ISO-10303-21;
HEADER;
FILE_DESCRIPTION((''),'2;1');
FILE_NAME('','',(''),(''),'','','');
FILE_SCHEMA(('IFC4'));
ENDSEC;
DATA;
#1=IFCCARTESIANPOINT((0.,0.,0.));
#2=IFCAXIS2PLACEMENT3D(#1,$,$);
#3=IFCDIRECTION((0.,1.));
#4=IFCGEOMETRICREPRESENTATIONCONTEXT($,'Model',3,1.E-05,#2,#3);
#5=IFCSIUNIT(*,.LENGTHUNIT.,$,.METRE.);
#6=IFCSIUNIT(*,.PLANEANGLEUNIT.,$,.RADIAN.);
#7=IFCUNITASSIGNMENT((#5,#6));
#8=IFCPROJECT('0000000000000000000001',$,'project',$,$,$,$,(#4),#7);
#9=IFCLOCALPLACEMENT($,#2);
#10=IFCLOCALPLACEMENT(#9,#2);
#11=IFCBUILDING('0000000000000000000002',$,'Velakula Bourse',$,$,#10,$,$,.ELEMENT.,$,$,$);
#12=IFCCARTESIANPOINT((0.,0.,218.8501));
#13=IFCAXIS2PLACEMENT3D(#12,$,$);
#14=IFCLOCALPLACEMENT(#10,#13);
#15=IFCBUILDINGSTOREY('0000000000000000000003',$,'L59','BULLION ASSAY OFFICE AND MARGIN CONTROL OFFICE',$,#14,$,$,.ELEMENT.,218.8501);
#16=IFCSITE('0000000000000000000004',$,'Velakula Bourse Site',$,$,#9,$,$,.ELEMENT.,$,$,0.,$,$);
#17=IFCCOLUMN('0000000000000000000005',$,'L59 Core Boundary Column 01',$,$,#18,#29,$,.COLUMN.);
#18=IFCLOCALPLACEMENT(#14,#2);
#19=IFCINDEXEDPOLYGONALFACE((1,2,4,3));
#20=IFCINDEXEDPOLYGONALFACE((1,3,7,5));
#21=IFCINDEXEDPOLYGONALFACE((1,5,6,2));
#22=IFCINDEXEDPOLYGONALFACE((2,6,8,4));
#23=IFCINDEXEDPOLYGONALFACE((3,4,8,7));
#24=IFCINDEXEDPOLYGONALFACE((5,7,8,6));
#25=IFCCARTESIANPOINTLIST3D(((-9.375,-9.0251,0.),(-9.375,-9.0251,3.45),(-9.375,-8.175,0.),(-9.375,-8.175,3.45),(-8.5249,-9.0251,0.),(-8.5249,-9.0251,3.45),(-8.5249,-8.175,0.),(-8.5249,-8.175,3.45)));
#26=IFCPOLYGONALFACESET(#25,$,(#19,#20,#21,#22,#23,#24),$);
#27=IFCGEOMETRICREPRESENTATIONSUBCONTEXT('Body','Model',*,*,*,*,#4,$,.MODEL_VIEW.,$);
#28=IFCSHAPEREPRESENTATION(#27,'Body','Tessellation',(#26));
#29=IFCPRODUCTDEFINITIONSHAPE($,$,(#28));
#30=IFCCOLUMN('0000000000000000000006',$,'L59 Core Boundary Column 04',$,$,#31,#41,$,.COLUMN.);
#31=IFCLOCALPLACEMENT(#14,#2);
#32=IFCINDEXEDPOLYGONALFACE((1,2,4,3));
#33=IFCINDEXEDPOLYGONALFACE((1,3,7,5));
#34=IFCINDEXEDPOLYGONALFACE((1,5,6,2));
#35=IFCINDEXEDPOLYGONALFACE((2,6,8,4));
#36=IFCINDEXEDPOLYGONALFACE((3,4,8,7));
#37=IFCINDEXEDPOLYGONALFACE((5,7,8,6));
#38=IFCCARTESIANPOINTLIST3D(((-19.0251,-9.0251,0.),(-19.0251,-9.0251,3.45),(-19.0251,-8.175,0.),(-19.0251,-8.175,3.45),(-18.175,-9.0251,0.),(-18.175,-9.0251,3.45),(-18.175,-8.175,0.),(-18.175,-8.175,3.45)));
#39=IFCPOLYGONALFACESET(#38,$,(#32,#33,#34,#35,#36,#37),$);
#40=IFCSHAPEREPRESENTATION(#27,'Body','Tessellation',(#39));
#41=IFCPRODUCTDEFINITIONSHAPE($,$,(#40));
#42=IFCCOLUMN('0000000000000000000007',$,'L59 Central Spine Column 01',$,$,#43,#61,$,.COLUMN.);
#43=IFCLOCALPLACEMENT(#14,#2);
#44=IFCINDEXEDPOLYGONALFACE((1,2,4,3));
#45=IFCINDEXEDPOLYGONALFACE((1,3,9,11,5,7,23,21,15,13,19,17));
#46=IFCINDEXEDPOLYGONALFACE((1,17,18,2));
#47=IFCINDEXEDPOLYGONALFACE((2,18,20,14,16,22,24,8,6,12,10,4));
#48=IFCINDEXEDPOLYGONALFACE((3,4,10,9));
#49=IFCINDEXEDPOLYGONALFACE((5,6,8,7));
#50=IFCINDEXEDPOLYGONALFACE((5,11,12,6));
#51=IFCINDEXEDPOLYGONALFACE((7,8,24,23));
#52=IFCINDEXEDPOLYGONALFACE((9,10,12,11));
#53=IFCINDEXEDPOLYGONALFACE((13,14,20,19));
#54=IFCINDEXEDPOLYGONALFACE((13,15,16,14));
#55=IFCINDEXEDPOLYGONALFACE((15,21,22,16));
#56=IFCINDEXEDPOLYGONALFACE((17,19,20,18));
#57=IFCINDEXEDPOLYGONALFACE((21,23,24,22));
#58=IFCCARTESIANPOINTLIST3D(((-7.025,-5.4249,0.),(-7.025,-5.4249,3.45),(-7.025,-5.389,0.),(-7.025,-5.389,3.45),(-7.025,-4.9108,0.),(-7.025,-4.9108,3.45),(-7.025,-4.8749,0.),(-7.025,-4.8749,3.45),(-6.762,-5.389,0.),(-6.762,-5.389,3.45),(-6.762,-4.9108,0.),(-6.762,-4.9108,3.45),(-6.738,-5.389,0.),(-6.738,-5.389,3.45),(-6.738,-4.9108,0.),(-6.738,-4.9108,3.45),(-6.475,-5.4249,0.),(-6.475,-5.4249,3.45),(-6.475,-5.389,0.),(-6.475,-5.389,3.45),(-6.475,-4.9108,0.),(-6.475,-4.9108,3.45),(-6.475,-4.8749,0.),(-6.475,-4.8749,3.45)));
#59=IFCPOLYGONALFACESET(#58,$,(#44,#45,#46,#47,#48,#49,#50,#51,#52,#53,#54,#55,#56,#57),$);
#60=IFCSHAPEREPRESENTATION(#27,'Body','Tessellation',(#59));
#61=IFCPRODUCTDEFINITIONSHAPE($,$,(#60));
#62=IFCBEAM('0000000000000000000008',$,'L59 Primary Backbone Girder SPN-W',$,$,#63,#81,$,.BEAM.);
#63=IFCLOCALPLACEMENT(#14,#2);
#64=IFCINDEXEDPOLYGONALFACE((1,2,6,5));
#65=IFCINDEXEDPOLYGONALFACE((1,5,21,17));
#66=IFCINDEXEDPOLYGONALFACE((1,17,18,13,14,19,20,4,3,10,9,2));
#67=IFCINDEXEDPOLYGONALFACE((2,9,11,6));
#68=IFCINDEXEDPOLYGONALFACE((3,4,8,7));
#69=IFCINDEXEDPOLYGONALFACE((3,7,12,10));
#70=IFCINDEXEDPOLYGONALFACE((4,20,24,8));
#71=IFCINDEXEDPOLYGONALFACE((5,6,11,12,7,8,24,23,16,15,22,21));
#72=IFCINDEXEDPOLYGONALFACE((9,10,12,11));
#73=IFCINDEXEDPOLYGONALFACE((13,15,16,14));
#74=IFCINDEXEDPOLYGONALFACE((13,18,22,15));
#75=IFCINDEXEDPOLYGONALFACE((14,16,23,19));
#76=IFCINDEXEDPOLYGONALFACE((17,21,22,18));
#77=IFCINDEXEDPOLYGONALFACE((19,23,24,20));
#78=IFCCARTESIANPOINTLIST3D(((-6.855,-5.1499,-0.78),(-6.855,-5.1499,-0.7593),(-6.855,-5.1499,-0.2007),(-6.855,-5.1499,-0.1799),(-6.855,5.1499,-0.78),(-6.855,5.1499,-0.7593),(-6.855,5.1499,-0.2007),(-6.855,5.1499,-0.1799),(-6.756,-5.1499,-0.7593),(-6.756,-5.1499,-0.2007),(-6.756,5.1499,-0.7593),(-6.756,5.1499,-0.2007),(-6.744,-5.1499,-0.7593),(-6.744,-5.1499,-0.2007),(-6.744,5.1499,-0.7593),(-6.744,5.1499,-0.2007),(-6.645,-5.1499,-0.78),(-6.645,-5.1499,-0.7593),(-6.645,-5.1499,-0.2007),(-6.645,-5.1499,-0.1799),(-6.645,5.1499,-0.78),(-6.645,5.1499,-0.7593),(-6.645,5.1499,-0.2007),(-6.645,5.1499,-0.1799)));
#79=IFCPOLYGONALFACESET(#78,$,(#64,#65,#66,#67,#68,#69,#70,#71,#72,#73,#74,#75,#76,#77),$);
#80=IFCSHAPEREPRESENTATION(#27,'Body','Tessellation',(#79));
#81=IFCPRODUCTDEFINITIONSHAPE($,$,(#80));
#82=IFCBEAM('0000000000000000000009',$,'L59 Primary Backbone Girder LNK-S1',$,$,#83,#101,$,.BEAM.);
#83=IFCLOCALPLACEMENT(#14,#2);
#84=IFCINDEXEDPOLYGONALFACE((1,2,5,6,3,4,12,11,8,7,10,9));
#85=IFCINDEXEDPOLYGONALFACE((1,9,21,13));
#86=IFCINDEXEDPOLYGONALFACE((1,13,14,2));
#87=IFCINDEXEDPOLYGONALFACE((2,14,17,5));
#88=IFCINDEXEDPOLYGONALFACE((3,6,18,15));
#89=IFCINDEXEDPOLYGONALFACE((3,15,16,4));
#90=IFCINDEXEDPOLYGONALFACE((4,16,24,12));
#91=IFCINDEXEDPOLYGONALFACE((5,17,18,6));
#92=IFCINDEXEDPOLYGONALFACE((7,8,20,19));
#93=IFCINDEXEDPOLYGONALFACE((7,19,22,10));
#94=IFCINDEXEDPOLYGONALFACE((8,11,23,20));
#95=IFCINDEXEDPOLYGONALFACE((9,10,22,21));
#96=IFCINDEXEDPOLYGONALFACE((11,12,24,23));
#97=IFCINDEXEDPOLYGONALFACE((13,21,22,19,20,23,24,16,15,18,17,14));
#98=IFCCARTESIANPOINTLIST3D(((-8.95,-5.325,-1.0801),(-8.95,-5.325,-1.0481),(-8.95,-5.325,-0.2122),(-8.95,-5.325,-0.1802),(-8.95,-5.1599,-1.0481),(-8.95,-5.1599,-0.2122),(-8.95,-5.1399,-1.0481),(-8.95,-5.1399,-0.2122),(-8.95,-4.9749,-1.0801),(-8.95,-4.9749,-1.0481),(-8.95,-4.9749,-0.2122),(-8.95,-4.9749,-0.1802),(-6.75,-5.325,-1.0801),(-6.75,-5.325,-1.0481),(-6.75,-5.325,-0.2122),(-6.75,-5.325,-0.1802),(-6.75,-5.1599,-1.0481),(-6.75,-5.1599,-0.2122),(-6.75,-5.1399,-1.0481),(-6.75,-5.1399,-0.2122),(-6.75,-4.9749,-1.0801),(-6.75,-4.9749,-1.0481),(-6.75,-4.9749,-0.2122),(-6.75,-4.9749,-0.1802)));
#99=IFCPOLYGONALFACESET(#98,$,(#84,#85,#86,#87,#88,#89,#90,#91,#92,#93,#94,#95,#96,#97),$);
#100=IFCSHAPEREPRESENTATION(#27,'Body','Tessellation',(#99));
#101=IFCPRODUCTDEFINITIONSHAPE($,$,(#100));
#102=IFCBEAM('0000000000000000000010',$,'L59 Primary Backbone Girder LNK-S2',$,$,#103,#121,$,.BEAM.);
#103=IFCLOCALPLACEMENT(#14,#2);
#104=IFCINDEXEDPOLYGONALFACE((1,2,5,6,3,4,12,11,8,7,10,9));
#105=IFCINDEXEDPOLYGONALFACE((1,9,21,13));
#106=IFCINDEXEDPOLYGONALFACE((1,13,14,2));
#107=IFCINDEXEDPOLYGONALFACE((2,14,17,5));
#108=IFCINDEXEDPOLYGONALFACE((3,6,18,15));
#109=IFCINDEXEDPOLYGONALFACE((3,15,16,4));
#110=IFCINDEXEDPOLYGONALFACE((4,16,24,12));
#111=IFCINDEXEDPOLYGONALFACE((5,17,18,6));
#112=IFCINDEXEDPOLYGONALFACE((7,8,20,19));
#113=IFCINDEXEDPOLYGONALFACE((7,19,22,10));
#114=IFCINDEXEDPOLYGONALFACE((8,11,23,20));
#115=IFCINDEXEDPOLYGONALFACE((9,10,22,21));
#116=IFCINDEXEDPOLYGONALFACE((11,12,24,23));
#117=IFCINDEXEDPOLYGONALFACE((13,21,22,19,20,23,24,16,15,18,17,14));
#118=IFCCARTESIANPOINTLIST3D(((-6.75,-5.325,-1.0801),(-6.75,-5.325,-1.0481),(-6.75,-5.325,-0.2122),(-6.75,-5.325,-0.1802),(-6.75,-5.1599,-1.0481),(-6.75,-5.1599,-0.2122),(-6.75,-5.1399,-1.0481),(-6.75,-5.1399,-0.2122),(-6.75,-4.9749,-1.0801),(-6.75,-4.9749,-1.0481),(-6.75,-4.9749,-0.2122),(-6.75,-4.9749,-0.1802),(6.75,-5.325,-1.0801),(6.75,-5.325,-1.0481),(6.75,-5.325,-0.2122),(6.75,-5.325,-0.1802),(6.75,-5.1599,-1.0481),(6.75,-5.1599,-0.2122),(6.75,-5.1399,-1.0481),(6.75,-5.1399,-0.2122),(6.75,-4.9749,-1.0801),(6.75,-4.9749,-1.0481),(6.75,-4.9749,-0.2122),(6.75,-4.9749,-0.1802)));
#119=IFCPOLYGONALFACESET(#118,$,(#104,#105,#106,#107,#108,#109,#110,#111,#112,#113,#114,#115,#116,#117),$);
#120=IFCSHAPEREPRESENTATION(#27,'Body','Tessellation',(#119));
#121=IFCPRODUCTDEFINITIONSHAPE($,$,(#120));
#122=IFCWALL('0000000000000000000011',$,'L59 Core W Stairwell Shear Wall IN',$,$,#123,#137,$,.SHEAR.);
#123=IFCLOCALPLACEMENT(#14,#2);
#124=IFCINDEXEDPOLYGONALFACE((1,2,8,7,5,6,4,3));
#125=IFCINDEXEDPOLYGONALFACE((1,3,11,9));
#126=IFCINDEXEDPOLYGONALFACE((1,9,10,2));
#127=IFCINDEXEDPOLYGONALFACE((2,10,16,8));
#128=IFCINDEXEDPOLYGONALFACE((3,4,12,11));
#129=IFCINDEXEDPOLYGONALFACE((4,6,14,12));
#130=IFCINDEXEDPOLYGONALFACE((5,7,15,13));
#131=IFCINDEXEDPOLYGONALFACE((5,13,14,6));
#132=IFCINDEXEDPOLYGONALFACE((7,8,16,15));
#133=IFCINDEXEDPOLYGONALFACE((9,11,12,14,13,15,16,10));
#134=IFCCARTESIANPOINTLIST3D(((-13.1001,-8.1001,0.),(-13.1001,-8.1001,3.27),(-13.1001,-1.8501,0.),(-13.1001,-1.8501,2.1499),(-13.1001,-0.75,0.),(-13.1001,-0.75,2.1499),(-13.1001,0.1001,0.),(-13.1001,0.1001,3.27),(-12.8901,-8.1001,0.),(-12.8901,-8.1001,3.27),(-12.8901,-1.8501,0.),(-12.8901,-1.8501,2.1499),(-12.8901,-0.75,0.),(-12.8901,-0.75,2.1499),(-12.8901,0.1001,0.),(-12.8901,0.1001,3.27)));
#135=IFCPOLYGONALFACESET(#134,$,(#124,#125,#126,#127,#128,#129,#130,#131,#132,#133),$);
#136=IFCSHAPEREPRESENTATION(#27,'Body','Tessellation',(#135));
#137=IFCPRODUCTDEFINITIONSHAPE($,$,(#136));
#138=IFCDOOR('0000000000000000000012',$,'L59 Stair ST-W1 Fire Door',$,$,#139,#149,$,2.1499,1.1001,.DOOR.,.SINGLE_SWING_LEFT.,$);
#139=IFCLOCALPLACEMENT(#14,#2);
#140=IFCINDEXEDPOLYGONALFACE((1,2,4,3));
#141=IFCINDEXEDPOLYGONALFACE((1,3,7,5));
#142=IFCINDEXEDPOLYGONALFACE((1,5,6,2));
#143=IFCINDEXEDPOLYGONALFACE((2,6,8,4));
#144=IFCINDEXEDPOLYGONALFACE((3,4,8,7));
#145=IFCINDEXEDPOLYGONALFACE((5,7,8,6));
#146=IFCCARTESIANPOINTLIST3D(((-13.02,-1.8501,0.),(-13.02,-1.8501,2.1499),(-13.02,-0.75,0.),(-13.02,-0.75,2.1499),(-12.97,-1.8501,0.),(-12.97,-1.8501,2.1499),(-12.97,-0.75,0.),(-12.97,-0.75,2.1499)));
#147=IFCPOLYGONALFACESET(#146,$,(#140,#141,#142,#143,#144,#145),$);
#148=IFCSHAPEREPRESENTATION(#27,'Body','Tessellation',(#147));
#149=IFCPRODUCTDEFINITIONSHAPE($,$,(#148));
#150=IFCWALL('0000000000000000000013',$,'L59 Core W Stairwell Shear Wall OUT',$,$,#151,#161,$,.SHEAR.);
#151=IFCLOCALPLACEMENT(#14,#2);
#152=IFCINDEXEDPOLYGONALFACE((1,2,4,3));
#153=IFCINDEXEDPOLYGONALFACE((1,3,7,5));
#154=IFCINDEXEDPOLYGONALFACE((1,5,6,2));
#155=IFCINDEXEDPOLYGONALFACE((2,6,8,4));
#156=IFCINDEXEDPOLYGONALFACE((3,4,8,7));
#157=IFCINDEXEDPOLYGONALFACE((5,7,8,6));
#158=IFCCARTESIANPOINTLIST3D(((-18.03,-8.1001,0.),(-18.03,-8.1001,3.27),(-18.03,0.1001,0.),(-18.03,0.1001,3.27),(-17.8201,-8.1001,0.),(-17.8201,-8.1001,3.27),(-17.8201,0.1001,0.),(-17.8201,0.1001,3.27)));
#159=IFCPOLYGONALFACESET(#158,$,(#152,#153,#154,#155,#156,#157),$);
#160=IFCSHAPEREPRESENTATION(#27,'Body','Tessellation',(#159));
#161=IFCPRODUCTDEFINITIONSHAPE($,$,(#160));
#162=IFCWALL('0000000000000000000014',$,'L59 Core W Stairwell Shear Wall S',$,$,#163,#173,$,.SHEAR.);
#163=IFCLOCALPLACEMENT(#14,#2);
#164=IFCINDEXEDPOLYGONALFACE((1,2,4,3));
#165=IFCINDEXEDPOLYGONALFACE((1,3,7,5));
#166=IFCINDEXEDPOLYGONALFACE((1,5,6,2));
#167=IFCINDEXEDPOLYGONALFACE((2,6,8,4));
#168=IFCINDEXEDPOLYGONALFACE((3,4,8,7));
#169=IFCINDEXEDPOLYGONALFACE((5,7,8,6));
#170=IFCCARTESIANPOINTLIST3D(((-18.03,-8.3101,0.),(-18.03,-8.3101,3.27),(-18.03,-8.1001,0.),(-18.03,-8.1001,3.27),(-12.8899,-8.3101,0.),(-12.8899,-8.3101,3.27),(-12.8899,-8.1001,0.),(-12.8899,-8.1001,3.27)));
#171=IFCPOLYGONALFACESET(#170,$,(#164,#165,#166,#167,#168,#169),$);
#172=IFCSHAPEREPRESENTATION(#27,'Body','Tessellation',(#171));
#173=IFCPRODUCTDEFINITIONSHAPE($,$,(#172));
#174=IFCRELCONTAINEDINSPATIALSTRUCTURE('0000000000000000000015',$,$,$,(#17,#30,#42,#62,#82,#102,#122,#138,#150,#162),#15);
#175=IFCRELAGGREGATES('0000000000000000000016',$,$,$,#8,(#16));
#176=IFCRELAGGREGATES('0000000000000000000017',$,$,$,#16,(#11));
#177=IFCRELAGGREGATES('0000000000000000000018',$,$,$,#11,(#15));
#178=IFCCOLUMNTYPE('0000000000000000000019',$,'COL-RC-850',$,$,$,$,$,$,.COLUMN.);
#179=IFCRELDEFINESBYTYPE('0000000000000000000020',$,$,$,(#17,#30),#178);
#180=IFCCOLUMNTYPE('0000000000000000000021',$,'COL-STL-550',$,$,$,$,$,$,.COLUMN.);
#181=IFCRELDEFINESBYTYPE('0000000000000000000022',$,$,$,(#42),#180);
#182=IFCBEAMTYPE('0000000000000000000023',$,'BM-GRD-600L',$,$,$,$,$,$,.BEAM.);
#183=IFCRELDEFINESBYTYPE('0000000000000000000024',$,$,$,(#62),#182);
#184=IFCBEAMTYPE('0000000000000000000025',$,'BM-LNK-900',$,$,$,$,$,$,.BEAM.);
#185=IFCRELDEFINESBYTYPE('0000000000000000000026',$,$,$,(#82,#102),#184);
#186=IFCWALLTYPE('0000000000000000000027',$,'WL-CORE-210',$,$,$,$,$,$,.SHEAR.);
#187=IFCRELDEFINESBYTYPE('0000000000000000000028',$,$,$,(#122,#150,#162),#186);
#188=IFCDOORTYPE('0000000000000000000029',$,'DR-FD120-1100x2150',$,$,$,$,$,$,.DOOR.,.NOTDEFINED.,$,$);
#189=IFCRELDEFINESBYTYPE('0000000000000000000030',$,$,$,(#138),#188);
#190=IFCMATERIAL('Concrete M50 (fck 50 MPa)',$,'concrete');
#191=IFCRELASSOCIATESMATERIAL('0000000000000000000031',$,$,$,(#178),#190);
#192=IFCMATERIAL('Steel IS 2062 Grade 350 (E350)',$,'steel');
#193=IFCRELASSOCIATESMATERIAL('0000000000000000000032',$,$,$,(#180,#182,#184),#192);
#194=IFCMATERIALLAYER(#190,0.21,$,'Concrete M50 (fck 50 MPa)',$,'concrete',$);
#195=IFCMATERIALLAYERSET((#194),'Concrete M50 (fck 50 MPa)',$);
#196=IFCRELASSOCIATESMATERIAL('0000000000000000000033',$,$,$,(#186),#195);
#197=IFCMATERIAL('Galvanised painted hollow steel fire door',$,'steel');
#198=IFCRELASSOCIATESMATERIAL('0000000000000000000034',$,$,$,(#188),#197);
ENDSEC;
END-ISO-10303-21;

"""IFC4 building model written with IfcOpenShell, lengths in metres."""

from ifc_helpers import new_model, si_unit, direction, frame, frame_2d, origin, origin_2d, place, context, subcontext, project, spatial, rectangle, i_section, extrude, material, layer, layer_set, material_profile, profile_set, type_object, element, fill, save


model = new_model("IFC4")

# Units and contexts
model_context = context("Model", 3, precision=1e-05, world=origin(), true_north=direction((0.0, 1.0)))
body_context = subcontext(model_context, "Body", "Model", "MODEL_VIEW")
ifc_project = project(units=[si_unit("LENGTHUNIT", "METRE"), si_unit("PLANEANGLEUNIT", "RADIAN")], contexts=[model_context])

# Site, building, storey
site_placement = place(None, origin())
site = spatial("IfcSite", under=ifc_project, at=site_placement, Name="Velakula Bourse Site", CompositionType="ELEMENT", RefElevation=0.0)
building_placement = place(site_placement, origin())
building = spatial("IfcBuilding", under=site, at=building_placement, Name="Velakula Bourse", CompositionType="ELEMENT")
storey_placement = place(building_placement, frame((0.0, 0.0, 218.8501)))
storey = spatial("IfcBuildingStorey", under=building, at=storey_placement, Name="L59", Description="BULLION ASSAY OFFICE AND MARGIN CONTROL OFFICE", CompositionType="ELEMENT", Elevation=218.8501)

# Columns
ifc_material_1 = material(Name="Concrete M50 (fck 50 MPa)", Category="concrete")
ifc_material_profile_1 = material_profile(ifc_material_1, rectangle(XDim=0.8501, YDim=0.8501, at=origin_2d()), Name="Concrete M50 (fck 50 MPa)")
ifc_profile_set_1 = profile_set([ifc_material_profile_1], Name="Concrete M50 (fck 50 MPa)")
column_type_1 = type_object("IfcColumnType", Name="COL-RC-850", PredefinedType="COLUMN", material=ifc_profile_set_1)
for number, where, z_axis, x_axis, name in (
    (1, (-8.95, -8.6001, 0.0), (0.0, 0.0, 1.0), (1.0, 0.0, 0.0), "L59 Core Boundary Column 01"),
    (2, (-18.6001, -8.6001, 0.0), (0.0, 0.0, 1.0), (1.0, 0.0, 0.0), "L59 Core Boundary Column 04"),
):
    element("IfcColumn", number, at=place(storey_placement, frame(where, z_axis=z_axis, x_axis=x_axis)), inside=storey, type_object=column_type_1, Name=name, PredefinedType="COLUMN", context=body_context, shape_type="SweptSolid", body=[
        extrude(rectangle(XDim=0.8501, YDim=0.8501, at=origin_2d()), origin(), (0.0, 0.0, 1.0), 3.45),
    ])
ifc_material_2 = material(Name="Steel IS 2062 Grade 350 (E350)", Category="steel")
ifc_material_profile_2 = material_profile(ifc_material_2, i_section(OverallWidth=0.55, OverallDepth=0.55, WebThickness=0.0239, FlangeThickness=0.0359, at=origin_2d()), Name="Steel IS 2062 Grade 350 (E350)")
ifc_profile_set_2 = profile_set([ifc_material_profile_2], Name="Steel IS 2062 Grade 350 (E350)")
column_type_2 = type_object("IfcColumnType", Name="COL-STL-550", PredefinedType="COLUMN", material=ifc_profile_set_2)
column_placement = place(storey_placement, frame((-6.75, -5.1499, 0.0), z_axis=(0.0, 0.0, 1.0), x_axis=(1.0, 0.0, 0.0)))
element("IfcColumn", 3, at=column_placement, inside=storey, type_object=column_type_2, Name="L59 Central Spine Column 01", PredefinedType="COLUMN", context=body_context, shape_type="SweptSolid", body=[
    extrude(i_section(OverallWidth=0.55, OverallDepth=0.55, WebThickness=0.0239, FlangeThickness=0.0359, at=origin_2d()), origin(), (0.0, 0.0, 1.0), 3.45),
])

# Beams
ifc_material_profile_3 = material_profile(ifc_material_2, i_section(OverallWidth=0.21, OverallDepth=0.6001, WebThickness=0.012, FlangeThickness=0.0208, at=origin_2d()), Name="Steel IS 2062 Grade 350 (E350)")
ifc_profile_set_3 = profile_set([ifc_material_profile_3], Name="Steel IS 2062 Grade 350 (E350)")
beam_type_1 = type_object("IfcBeamType", Name="BM-GRD-600L", PredefinedType="BEAM", material=ifc_profile_set_3)
beam_1_placement = place(storey_placement, frame((-6.75, -5.1499, -0.48), z_axis=(0.0, 1.0, 0.0), x_axis=(-1.0, 0.0, 0.0)))
element("IfcBeam", 4, at=beam_1_placement, inside=storey, type_object=beam_type_1, Name="L59 Primary Backbone Girder SPN-W", PredefinedType="BEAM", context=body_context, shape_type="SweptSolid", body=[
    extrude(i_section(OverallWidth=0.21, OverallDepth=0.6001, WebThickness=0.012, FlangeThickness=0.0208, at=origin_2d()), origin(), (0.0, 0.0, 1.0), 10.2998),
])
ifc_material_profile_4 = material_profile(ifc_material_2, i_section(OverallWidth=0.3501, OverallDepth=0.8999, WebThickness=0.02, FlangeThickness=0.032, at=origin_2d()), Name="Steel IS 2062 Grade 350 (E350)")
ifc_profile_set_4 = profile_set([ifc_material_profile_4], Name="Steel IS 2062 Grade 350 (E350)")
beam_type_2 = type_object("IfcBeamType", Name="BM-LNK-900", PredefinedType="BEAM", material=ifc_profile_set_4)
beam_2_placement = place(storey_placement, frame((-8.95, -5.1499, -0.6301), z_axis=(1.0, 0.0, 0.0), x_axis=(0.0, 1.0, 0.0)))
element("IfcBeam", 5, at=beam_2_placement, inside=storey, type_object=beam_type_2, Name="L59 Primary Backbone Girder LNK-S1", PredefinedType="BEAM", context=body_context, shape_type="SweptSolid", body=[
    extrude(i_section(OverallWidth=0.3501, OverallDepth=0.8999, WebThickness=0.02, FlangeThickness=0.032, at=origin_2d()), origin(), (0.0, 0.0, 1.0), 2.2),
])
beam_3_placement = place(storey_placement, frame((-6.75, -5.1499, -0.6301), z_axis=(1.0, 0.0, 0.0), x_axis=(0.0, 1.0, 0.0)))
element("IfcBeam", 6, at=beam_3_placement, inside=storey, type_object=beam_type_2, Name="L59 Primary Backbone Girder LNK-S2", PredefinedType="BEAM", context=body_context, shape_type="SweptSolid", body=[
    extrude(i_section(OverallWidth=0.3501, OverallDepth=0.8999, WebThickness=0.02, FlangeThickness=0.032, at=origin_2d()), origin(), (0.0, 0.0, 1.0), 13.5),
])

# Wall, opening, door
ifc_layer_1 = layer(ifc_material_1, 0.21, Name="Concrete M50 (fck 50 MPa)", Category="concrete")
ifc_layer_set_1 = layer_set([ifc_layer_1], Name="Concrete M50 (fck 50 MPa)")
wall_type_1 = type_object("IfcWallType", Name="WL-CORE-210", PredefinedType="SHEAR", material=ifc_layer_set_1)
wall_1_placement = place(storey_placement, frame((-12.9951, -8.1001, 0.0), z_axis=(0.0, 0.0, 1.0), x_axis=(0.0, 1.0, 0.0)))
wall_1 = element("IfcWall", 7, at=wall_1_placement, inside=storey, type_object=wall_type_1, Name="L59 Core W Stairwell Shear Wall IN", PredefinedType="SHEAR", context=body_context, shape_type="SweptSolid", body=[
    extrude(rectangle(XDim=8.2002, YDim=0.21, at=frame_2d((4.1001, 0.0))), origin(), (0.0, 0.0, 1.0), 3.27),
])
opening_1_placement = place(wall_1_placement, frame((6.25, 0.0, 0.0)))
opening_1 = element("IfcOpeningElement", 8, at=opening_1_placement, cuts=wall_1, PredefinedType="OPENING", context=body_context, shape_type="SweptSolid", body=[
    extrude(rectangle(XDim=1.1001, YDim=2.1499, at=frame_2d((0.55, 1.075))), frame((0.0, 0.115, 0.0), z_axis=(0.0, -1.0, 0.0), x_axis=(1.0, 0.0, 0.0)), (0.0, 0.0, 1.0), 0.23),
])
ifc_material_3 = material(Name="Galvanised painted hollow steel fire door", Category="steel")
door_type_1 = type_object("IfcDoorType", Name="DR-FD120-1100x2150", OperationType="NOTDEFINED", PredefinedType="DOOR", material=ifc_material_3)
door_1_placement = place(opening_1_placement, origin())
door_1 = element("IfcDoor", 9, at=door_1_placement, inside=storey, type_object=door_type_1, Name="L59 Stair ST-W1 Fire Door", OperationType="SINGLE_SWING_LEFT", OverallHeight=2.1499, OverallWidth=1.1001, PredefinedType="DOOR", context=body_context, shape_type="SweptSolid", body=[
    extrude(rectangle(XDim=1.1001, YDim=2.1499, at=frame_2d((0.55, 1.075))), frame((0.0, 0.0249, 0.0), z_axis=(0.0, -1.0, 0.0), x_axis=(1.0, 0.0, 0.0)), (0.0, 0.0, 1.0), 0.05),
])
fill(opening_1, door_1)

# Walls
wall_2_placement = place(storey_placement, frame((-17.925, -8.1001, 0.0), z_axis=(0.0, 0.0, 1.0), x_axis=(0.0, 1.0, 0.0)))
element("IfcWall", 10, at=wall_2_placement, inside=storey, type_object=wall_type_1, Name="L59 Core W Stairwell Shear Wall OUT", PredefinedType="SHEAR", context=body_context, shape_type="SweptSolid", body=[
    extrude(rectangle(XDim=8.2002, YDim=0.21, at=frame_2d((4.1001, 0.0))), origin(), (0.0, 0.0, 1.0), 3.27),
])
wall_3_placement = place(storey_placement, frame((-18.03, -8.2051, 0.0), z_axis=(0.0, 0.0, 1.0), x_axis=(1.0, 0.0, 0.0)))
element("IfcWall", 11, at=wall_3_placement, inside=storey, type_object=wall_type_1, Name="L59 Core W Stairwell Shear Wall S", PredefinedType="SHEAR", context=body_context, shape_type="SweptSolid", body=[
    extrude(rectangle(XDim=5.1401, YDim=0.21, at=frame_2d((2.5701, 0.0))), origin(), (0.0, 0.0, 1.0), 3.27),
])

save(model, "model.ifc")
